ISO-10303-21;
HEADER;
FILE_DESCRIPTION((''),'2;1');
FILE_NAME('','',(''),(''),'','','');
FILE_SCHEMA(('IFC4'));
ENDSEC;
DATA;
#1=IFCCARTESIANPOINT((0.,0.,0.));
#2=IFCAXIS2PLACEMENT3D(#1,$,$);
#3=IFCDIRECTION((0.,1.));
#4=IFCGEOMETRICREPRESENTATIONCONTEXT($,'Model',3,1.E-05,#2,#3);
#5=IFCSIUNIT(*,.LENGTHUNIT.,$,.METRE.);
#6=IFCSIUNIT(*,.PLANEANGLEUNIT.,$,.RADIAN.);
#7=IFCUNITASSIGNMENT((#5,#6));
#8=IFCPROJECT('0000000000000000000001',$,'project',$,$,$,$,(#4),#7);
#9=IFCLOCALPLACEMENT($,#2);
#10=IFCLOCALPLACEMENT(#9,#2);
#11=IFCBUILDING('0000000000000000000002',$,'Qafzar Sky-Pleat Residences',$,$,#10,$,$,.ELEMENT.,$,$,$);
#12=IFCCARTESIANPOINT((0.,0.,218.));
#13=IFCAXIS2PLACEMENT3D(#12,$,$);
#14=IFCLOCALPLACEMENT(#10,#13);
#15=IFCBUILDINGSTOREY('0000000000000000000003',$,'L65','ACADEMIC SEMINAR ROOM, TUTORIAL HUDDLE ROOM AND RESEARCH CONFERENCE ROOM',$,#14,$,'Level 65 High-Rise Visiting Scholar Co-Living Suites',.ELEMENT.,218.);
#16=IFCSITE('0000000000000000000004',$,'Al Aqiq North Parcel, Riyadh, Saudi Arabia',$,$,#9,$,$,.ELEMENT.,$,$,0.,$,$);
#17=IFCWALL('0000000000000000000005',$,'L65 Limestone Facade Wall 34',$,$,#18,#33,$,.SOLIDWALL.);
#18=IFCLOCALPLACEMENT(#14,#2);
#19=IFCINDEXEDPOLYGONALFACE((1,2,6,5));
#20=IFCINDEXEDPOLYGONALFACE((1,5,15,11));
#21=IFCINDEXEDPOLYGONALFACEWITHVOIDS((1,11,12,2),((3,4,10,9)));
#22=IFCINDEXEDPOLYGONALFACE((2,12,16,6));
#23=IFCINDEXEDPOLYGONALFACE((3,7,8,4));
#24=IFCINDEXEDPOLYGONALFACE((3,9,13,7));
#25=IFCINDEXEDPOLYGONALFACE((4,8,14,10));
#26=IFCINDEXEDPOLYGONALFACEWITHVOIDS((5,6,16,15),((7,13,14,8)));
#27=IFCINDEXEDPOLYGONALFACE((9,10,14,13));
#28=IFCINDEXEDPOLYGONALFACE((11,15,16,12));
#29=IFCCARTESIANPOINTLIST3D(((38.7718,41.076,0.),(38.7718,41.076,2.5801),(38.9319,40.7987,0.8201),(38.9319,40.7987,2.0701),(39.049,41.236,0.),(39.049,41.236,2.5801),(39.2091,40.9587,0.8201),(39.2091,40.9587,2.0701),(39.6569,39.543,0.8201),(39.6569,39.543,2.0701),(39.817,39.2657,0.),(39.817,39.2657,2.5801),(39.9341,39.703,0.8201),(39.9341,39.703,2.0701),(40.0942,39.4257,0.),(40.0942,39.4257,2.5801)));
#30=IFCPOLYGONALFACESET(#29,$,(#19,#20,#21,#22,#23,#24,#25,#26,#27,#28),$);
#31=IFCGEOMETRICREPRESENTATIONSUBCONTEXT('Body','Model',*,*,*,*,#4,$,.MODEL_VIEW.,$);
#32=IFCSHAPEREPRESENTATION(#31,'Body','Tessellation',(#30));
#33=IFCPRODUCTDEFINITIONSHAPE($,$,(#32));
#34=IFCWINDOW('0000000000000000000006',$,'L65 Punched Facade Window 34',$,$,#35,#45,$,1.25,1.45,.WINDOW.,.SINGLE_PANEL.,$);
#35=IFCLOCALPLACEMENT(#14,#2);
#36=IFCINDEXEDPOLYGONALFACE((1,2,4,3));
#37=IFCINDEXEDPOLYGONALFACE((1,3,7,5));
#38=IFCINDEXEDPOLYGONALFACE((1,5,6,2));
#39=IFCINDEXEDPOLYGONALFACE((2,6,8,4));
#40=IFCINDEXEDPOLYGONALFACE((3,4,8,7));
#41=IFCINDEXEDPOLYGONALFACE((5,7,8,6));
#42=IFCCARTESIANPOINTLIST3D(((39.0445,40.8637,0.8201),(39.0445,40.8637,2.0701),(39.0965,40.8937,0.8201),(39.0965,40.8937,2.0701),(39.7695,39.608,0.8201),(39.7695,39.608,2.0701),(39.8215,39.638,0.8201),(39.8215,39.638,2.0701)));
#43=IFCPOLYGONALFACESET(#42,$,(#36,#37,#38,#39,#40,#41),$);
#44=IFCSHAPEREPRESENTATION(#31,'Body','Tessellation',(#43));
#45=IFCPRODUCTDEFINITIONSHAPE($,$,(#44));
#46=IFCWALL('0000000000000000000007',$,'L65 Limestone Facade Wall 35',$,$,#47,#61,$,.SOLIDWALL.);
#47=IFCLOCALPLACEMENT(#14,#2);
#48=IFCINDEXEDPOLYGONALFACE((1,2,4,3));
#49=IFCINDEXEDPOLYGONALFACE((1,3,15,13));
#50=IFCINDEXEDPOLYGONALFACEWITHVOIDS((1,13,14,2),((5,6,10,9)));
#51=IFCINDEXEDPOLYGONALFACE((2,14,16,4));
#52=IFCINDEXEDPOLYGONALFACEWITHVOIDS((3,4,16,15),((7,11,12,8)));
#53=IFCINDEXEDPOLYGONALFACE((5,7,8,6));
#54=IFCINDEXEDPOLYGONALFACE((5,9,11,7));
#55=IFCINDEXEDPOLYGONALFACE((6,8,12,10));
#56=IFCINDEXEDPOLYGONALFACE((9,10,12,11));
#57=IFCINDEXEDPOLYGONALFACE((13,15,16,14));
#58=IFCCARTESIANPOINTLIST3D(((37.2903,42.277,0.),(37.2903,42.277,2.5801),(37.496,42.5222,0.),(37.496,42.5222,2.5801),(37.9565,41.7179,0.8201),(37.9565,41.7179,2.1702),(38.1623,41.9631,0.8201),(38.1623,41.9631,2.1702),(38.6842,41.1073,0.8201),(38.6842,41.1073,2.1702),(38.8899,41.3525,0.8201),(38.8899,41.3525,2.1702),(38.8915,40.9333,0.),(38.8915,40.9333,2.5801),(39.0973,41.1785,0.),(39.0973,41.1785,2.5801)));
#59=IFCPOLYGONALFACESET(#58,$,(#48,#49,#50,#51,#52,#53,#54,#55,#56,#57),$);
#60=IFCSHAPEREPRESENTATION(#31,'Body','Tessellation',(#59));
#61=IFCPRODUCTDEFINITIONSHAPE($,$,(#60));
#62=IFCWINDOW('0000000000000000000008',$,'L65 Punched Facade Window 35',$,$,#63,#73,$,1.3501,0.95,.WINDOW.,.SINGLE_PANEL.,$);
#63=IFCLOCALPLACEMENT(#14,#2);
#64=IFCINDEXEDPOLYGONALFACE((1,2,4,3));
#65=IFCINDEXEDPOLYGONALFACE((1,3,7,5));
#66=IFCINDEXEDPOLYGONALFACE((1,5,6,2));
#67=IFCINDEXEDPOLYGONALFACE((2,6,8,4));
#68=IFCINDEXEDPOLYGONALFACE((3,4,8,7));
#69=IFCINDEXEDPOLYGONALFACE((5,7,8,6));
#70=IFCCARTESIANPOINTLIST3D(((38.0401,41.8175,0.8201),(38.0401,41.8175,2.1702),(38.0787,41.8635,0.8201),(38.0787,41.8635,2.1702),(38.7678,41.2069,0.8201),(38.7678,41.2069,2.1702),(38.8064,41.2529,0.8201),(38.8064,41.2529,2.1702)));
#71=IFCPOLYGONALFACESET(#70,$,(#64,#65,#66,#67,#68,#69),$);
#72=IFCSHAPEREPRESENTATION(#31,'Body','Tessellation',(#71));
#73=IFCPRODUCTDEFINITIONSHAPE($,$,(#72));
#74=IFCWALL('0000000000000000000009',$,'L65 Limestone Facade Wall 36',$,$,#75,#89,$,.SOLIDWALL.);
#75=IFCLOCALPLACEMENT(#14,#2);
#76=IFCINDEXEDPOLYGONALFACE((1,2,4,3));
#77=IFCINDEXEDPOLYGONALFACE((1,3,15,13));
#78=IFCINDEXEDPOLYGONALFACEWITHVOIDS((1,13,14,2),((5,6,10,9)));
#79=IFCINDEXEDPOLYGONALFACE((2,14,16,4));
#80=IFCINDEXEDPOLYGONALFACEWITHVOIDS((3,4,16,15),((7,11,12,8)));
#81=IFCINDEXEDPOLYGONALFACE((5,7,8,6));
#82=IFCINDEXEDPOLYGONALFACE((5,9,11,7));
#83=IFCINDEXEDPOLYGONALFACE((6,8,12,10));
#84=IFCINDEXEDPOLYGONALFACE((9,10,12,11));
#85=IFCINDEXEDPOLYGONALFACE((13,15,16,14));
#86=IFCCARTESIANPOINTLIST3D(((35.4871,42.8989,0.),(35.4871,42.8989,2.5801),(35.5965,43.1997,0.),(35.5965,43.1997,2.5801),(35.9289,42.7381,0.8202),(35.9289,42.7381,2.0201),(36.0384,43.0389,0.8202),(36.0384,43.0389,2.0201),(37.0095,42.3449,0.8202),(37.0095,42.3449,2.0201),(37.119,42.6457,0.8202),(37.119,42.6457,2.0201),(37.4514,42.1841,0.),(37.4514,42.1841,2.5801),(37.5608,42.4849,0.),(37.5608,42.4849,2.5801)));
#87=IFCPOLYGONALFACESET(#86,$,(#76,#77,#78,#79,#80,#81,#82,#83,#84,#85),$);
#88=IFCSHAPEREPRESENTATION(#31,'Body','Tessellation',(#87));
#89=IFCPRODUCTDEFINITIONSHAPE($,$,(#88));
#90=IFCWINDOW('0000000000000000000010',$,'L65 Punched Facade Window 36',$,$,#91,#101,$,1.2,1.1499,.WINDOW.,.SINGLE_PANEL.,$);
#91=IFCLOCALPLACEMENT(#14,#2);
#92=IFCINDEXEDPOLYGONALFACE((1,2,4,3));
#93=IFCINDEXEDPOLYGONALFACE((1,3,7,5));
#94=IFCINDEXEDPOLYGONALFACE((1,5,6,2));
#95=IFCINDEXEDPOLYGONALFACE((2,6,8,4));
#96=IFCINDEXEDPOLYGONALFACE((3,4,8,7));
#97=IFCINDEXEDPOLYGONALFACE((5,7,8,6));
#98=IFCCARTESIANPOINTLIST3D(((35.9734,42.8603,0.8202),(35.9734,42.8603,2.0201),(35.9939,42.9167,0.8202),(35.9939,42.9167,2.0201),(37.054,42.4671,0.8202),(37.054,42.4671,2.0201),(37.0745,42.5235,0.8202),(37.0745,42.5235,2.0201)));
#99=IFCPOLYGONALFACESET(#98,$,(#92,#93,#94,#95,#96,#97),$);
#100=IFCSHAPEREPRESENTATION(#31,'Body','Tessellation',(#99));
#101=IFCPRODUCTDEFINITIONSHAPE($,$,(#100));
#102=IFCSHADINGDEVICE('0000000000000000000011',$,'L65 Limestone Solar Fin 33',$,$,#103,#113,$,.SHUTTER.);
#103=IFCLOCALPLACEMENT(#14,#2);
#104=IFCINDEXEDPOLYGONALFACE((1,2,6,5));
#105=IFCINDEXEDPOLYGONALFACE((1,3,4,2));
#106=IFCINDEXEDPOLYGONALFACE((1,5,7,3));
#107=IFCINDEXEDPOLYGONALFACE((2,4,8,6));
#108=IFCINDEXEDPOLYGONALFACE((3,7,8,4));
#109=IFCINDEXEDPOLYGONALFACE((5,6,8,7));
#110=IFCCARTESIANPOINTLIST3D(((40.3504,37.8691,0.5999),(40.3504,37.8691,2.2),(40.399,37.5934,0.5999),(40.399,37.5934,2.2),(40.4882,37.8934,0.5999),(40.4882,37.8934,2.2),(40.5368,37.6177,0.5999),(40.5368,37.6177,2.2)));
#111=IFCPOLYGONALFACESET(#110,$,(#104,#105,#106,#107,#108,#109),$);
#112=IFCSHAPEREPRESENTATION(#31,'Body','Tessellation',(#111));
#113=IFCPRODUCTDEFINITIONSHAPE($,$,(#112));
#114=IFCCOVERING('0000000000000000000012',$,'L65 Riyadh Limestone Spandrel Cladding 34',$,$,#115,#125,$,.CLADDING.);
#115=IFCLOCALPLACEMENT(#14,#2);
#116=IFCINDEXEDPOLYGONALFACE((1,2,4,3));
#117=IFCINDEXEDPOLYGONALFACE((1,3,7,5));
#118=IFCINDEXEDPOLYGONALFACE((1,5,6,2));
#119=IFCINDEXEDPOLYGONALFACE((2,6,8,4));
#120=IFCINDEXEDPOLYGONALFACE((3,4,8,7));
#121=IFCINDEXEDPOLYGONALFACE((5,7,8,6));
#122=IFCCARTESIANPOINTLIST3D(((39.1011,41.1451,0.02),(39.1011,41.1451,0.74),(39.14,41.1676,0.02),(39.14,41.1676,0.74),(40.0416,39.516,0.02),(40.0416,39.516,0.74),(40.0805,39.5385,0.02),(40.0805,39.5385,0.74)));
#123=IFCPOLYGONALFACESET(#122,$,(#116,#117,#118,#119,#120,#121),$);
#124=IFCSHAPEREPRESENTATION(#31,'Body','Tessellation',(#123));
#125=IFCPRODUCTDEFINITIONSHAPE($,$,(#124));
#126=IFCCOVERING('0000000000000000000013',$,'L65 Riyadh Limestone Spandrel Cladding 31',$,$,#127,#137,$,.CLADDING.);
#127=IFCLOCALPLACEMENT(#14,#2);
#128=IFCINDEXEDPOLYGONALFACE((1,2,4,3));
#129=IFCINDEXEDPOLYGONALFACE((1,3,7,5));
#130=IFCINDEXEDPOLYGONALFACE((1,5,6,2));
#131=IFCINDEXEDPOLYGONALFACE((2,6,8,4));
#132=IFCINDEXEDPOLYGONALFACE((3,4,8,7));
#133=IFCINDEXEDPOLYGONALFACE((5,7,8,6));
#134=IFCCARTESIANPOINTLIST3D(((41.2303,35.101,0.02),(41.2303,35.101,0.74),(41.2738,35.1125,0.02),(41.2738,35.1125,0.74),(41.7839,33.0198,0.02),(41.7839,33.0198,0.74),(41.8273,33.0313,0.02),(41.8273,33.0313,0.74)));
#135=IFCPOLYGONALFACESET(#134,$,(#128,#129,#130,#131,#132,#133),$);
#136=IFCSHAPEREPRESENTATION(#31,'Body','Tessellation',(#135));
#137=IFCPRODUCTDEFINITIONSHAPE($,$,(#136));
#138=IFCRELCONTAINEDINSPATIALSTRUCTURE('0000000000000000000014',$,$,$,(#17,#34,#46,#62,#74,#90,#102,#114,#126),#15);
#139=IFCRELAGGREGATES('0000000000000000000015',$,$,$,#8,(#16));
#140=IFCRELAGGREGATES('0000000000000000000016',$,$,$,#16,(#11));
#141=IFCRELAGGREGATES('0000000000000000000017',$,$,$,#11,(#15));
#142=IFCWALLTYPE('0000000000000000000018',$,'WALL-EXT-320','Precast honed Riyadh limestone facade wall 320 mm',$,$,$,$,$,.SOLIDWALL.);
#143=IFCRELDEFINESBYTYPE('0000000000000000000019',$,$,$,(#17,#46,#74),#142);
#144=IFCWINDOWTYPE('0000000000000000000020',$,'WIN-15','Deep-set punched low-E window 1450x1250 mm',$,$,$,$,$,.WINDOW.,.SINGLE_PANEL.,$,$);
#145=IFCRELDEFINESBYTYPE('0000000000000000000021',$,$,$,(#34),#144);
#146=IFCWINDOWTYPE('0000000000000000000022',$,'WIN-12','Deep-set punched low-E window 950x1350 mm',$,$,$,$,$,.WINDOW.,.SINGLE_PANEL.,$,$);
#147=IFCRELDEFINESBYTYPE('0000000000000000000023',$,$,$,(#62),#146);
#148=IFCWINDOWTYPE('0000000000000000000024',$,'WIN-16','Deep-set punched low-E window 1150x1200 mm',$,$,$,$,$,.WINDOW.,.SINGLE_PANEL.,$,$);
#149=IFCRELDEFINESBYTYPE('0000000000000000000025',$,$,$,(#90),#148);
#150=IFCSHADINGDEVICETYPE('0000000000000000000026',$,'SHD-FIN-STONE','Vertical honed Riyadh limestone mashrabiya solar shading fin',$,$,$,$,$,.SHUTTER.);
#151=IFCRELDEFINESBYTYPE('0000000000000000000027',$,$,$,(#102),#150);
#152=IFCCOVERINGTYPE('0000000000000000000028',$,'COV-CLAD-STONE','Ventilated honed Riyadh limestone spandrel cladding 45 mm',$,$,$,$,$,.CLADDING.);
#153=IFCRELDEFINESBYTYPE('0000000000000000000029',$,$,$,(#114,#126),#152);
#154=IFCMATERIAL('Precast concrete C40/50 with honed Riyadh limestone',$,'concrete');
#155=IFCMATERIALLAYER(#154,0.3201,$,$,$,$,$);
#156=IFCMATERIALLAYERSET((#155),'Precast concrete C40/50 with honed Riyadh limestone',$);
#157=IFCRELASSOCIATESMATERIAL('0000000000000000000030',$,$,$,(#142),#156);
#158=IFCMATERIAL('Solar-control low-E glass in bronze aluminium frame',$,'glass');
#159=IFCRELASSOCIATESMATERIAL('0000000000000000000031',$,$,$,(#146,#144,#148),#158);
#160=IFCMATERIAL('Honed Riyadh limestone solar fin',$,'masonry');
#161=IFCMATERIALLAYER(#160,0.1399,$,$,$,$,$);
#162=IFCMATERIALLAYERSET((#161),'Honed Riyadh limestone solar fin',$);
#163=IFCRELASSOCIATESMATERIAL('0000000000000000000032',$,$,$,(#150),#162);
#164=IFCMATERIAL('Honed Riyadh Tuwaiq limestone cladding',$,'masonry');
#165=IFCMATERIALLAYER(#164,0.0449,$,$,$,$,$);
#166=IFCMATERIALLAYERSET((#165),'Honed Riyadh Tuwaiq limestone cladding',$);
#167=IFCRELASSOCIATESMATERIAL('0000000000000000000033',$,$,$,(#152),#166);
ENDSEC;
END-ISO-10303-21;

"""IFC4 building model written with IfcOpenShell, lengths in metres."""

from ifc_helpers import new_model, si_unit, direction, frame, frame_2d, origin, origin_2d, place, context, subcontext, project, spatial, rectangle, extrude, source, transform, mapped, material, layer, layer_set, type_object, element, fill, save


model = new_model("IFC4")

# Units and contexts
model_context = context("Model", 3, precision=1e-05, world=origin(), true_north=direction((0.0, 1.0)))
body_context = subcontext(model_context, "Body", "Model", "MODEL_VIEW")
ifc_project = project(units=[si_unit("LENGTHUNIT", "METRE"), si_unit("PLANEANGLEUNIT", "RADIAN")], contexts=[model_context])

# Site, building, storey
site_placement = place(None, origin())
site = spatial("IfcSite", under=ifc_project, at=site_placement, Name="Al Aqiq North Parcel, Riyadh, Saudi Arabia", CompositionType="ELEMENT", RefElevation=0.0)
building_placement = place(site_placement, origin())
building = spatial("IfcBuilding", under=site, at=building_placement, Name="Qafzar Sky-Pleat Residences", CompositionType="ELEMENT")
storey_placement = place(building_placement, frame((0.0, 0.0, 218.0)))
storey = spatial("IfcBuildingStorey", under=building, at=storey_placement, Name="L65", Description="ACADEMIC SEMINAR ROOM, TUTORIAL HUDDLE ROOM AND RESEARCH CONFERENCE ROOM", LongName="Level 65 High-Rise Visiting Scholar Co-Living Suites", CompositionType="ELEMENT", Elevation=218.0)

# Walls, openings, windows
ifc_material_1 = material(Name="Precast concrete C40/50 with honed Riyadh limestone", Category="concrete")
ifc_layer_1 = layer(ifc_material_1, 0.3201)
ifc_layer_set_1 = layer_set([ifc_layer_1], Name="Precast concrete C40/50 with honed Riyadh limestone")
wall_type_1 = type_object("IfcWallType", Name="WALL-EXT-320", Description="Precast honed Riyadh limestone facade wall 320 mm", PredefinedType="SOLIDWALL", material=ifc_layer_set_1)
ifc_material_2 = material(Name="Solar-control low-E glass in bronze aluminium frame", Category="glass")
window_type_1 = type_object("IfcWindowType", Name="WIN-12", Description="Deep-set punched low-E window 950x1350 mm", PartitioningType="SINGLE_PANEL", PredefinedType="WINDOW", material=ifc_material_2)
shared_shape_1 = source(origin(), body_context, "Body", "SweptSolid", [
    extrude(rectangle(XDim=0.95, YDim=1.3501, at=frame_2d((0.4751, 0.675))), frame((0.0, 0.03, 0.0), z_axis=(0.0, -1.0, 0.0), x_axis=(1.0, 0.0, 0.0)), (0.0, 0.0, 1.0), 0.0601),
])
wall_1_placement = place(storey_placement, frame((39.9556, 39.3457, 0.0), z_axis=(0.0, 0.0, 1.0), x_axis=(-0.499995, 0.866028, 0.0)))
wall_1 = element("IfcWall", 1, at=wall_1_placement, inside=storey, type_object=wall_type_1, Name="L65 Limestone Facade Wall 34", PredefinedType="SOLIDWALL", context=body_context, shape_type="SweptSolid", body=[
    extrude(rectangle(XDim=2.0903, YDim=0.3201, at=frame_2d((1.0452, 0.0))), origin(), (0.0, 0.0, 1.0), 2.5801),
])
opening_1_placement = place(wall_1_placement, frame((0.3201, 0.0, 0.8201)))
opening_1 = element("IfcOpeningElement", 2, at=opening_1_placement, cuts=wall_1, PredefinedType="OPENING", context=body_context, shape_type="SweptSolid", body=[
    extrude(rectangle(XDim=1.45, YDim=1.25, at=frame_2d((0.7251, 0.625))), frame((0.0, 0.1699, 0.0), z_axis=(0.0, -1.0, 0.0), x_axis=(1.0, 0.0, 0.0)), (0.0, 0.0, 1.0), 0.3401),
])
window_type_2 = type_object("IfcWindowType", Name="WIN-15", Description="Deep-set punched low-E window 1450x1250 mm", PartitioningType="SINGLE_PANEL", PredefinedType="WINDOW", material=ifc_material_2)
shared_shape_2 = source(origin(), body_context, "Body", "SweptSolid", [
    extrude(rectangle(XDim=1.45, YDim=1.25, at=frame_2d((0.7251, 0.625))), frame((0.0, 0.03, 0.0), z_axis=(0.0, -1.0, 0.0), x_axis=(1.0, 0.0, 0.0)), (0.0, 0.0, 1.0), 0.0601),
])
window_1_placement = place(opening_1_placement, origin())
window_1 = element("IfcWindow", 3, at=window_1_placement, inside=storey, type_object=window_type_2, Name="L65 Punched Facade Window 34", OverallHeight=1.25, OverallWidth=1.45, PartitioningType="SINGLE_PANEL", PredefinedType="WINDOW", context=body_context, shape_type="MappedRepresentation", body=[
    mapped(shared_shape_2, transform((0.0, 0.0, 0.0), x_axis=(1.0, 0.0, 0.0), y_axis=(0.0, 1.0, 0.0), z_axis=(0.0, 0.0, 1.0), scale=1.0)),
])
fill(opening_1, window_1)
wall_2_placement = place(storey_placement, frame((38.9944, 41.0559, 0.0), z_axis=(0.0, 0.0, 1.0), x_axis=(-0.766025, 0.642811, 0.0)))
wall_2 = element("IfcWall", 4, at=wall_2_placement, inside=storey, type_object=wall_type_1, Name="L65 Limestone Facade Wall 35", PredefinedType="SOLIDWALL", context=body_context, shape_type="SweptSolid", body=[
    extrude(rectangle(XDim=2.0903, YDim=0.3201, at=frame_2d((1.0452, 0.0))), origin(), (0.0, 0.0, 1.0), 2.5801),
])
opening_2_placement = place(wall_2_placement, frame((0.2705, 0.0, 0.8201)))
opening_2 = element("IfcOpeningElement", 5, at=opening_2_placement, cuts=wall_2, PredefinedType="OPENING", context=body_context, shape_type="SweptSolid", body=[
    extrude(rectangle(XDim=0.95, YDim=1.3501, at=frame_2d((0.4751, 0.675))), frame((0.0, 0.1699, 0.0), z_axis=(0.0, -1.0, 0.0), x_axis=(1.0, 0.0, 0.0)), (0.0, 0.0, 1.0), 0.3401),
])
window_2_placement = place(opening_2_placement, origin())
window_2 = element("IfcWindow", 6, at=window_2_placement, inside=storey, type_object=window_type_1, Name="L65 Punched Facade Window 35", OverallHeight=1.3501, OverallWidth=0.95, PartitioningType="SINGLE_PANEL", PredefinedType="WINDOW", context=body_context, shape_type="MappedRepresentation", body=[
    mapped(shared_shape_1, transform((0.0, 0.0, 0.0), x_axis=(1.0, 0.0, 0.0), y_axis=(0.0, 1.0, 0.0), z_axis=(0.0, 0.0, 1.0), scale=1.0)),
])
fill(opening_2, window_2)
wall_3_placement = place(storey_placement, frame((37.5061, 42.3345, 0.0), z_axis=(0.0, 0.0, 1.0), x_axis=(-0.939712, 0.341968, 0.0)))
wall_3 = element("IfcWall", 7, at=wall_3_placement, inside=storey, type_object=wall_type_1, Name="L65 Limestone Facade Wall 36", PredefinedType="SOLIDWALL", context=body_context, shape_type="SweptSolid", body=[
    extrude(rectangle(XDim=2.0903, YDim=0.3201, at=frame_2d((1.0452, 0.0))), origin(), (0.0, 0.0, 1.0), 2.5801),
])
opening_3_placement = place(wall_3_placement, frame((0.4702, 0.0, 0.8201)))
opening_3 = element("IfcOpeningElement", 8, at=opening_3_placement, cuts=wall_3, PredefinedType="OPENING", context=body_context, shape_type="SweptSolid", body=[
    extrude(rectangle(XDim=1.1499, YDim=1.2, at=frame_2d((0.575, 0.6001))), frame((0.0, 0.1699, 0.0), z_axis=(0.0, -1.0, 0.0), x_axis=(1.0, 0.0, 0.0)), (0.0, 0.0, 1.0), 0.3401),
])
window_type_3 = type_object("IfcWindowType", Name="WIN-16", Description="Deep-set punched low-E window 1150x1200 mm", PartitioningType="SINGLE_PANEL", PredefinedType="WINDOW", material=ifc_material_2)
shared_shape_3 = source(origin(), body_context, "Body", "SweptSolid", [
    extrude(rectangle(XDim=1.1499, YDim=1.2, at=frame_2d((0.575, 0.6001))), frame((0.0, 0.03, 0.0), z_axis=(0.0, -1.0, 0.0), x_axis=(1.0, 0.0, 0.0)), (0.0, 0.0, 1.0), 0.0601),
])
window_3_placement = place(opening_3_placement, origin())
window_3 = element("IfcWindow", 9, at=window_3_placement, inside=storey, type_object=window_type_3, Name="L65 Punched Facade Window 36", OverallHeight=1.2, OverallWidth=1.1499, PartitioningType="SINGLE_PANEL", PredefinedType="WINDOW", context=body_context, shape_type="MappedRepresentation", body=[
    mapped(shared_shape_3, transform((0.0, 0.0, 0.0), x_axis=(1.0, 0.0, 0.0), y_axis=(0.0, 1.0, 0.0), z_axis=(0.0, 0.0, 1.0), scale=1.0)),
])
fill(opening_3, window_3)

# Shading device
ifc_material_3 = material(Name="Honed Riyadh limestone solar fin", Category="masonry")
ifc_layer_2 = layer(ifc_material_3, 0.1399)
ifc_layer_set_2 = layer_set([ifc_layer_2], Name="Honed Riyadh limestone solar fin")
shading_device_type = type_object("IfcShadingDeviceType", Name="SHD-FIN-STONE", Description="Vertical honed Riyadh limestone mashrabiya solar shading fin", PredefinedType="SHUTTER", material=ifc_layer_set_2)
shared_shape_4 = source(origin(), body_context, "Body", "SweptSolid", [
    extrude(rectangle(XDim=0.1399, YDim=0.28, at=origin_2d()), origin(), (0.0, 0.0, 1.0), 1.6001),
])
shading_device_placement = place(storey_placement, frame((40.4436, 37.7434, 0.5999), z_axis=(0.0, 0.0, 1.0), x_axis=(0.984808, 0.173649, 0.0)))
element("IfcShadingDevice", 10, at=shading_device_placement, inside=storey, type_object=shading_device_type, Name="L65 Limestone Solar Fin 33", PredefinedType="SHUTTER", context=body_context, shape_type="MappedRepresentation", body=[
    mapped(shared_shape_4, transform((0.0, 0.0, 0.0), x_axis=(1.0, 0.0, 0.0), y_axis=(0.0, 1.0, 0.0), z_axis=(0.0, 0.0, 1.0), scale=1.0)),
])

# Coverings
ifc_material_4 = material(Name="Honed Riyadh Tuwaiq limestone cladding", Category="masonry")
ifc_layer_3 = layer(ifc_material_4, 0.0449)
ifc_layer_set_3 = layer_set([ifc_layer_3], Name="Honed Riyadh Tuwaiq limestone cladding")
covering_type = type_object("IfcCoveringType", Name="COV-CLAD-STONE", Description="Ventilated honed Riyadh limestone spandrel cladding 45 mm", PredefinedType="CLADDING", material=ifc_layer_set_3)
shared_shape_5 = source(origin(), body_context, "Body", "SweptSolid", [
    extrude(rectangle(XDim=1.8811, YDim=0.0449, at=origin_2d()), origin(), (0.0, 0.0, 1.0), 0.72),
])
covering_1_placement = place(storey_placement, frame((39.5908, 40.3418, 0.02), z_axis=(0.0, 0.0, 1.0), x_axis=(-0.499993, 0.866029, 0.0)))
element("IfcCovering", 11, at=covering_1_placement, inside=storey, type_object=covering_type, Name="L65 Riyadh Limestone Spandrel Cladding 34", PredefinedType="CLADDING", context=body_context, shape_type="MappedRepresentation", body=[
    mapped(shared_shape_5, transform((0.0, 0.0, 0.0), x_axis=(1.0, 0.0, 0.0), y_axis=(0.0, 1.0, 0.0), z_axis=(0.0, 0.0, 1.0), scale=1.0)),
])
shared_shape_6 = source(origin(), body_context, "Body", "SweptSolid", [
    extrude(rectangle(XDim=2.1536, YDim=0.0449, at=origin_2d()), origin(), (0.0, 0.0, 1.0), 0.72),
])
covering_2_placement = place(storey_placement, frame((41.5288, 34.0662, 0.02), z_axis=(0.0, 0.0, 1.0), x_axis=(-0.257023, 0.966405, 0.0)))
element("IfcCovering", 12, at=covering_2_placement, inside=storey, type_object=covering_type, Name="L65 Riyadh Limestone Spandrel Cladding 31", PredefinedType="CLADDING", context=body_context, shape_type="MappedRepresentation", body=[
    mapped(shared_shape_6, transform((0.0, 0.0, 0.0), x_axis=(1.0, 0.0, 0.0), y_axis=(0.0, 1.0, 0.0), z_axis=(0.0, 0.0, 1.0), scale=1.0)),
])

save(model, "model.ifc")
